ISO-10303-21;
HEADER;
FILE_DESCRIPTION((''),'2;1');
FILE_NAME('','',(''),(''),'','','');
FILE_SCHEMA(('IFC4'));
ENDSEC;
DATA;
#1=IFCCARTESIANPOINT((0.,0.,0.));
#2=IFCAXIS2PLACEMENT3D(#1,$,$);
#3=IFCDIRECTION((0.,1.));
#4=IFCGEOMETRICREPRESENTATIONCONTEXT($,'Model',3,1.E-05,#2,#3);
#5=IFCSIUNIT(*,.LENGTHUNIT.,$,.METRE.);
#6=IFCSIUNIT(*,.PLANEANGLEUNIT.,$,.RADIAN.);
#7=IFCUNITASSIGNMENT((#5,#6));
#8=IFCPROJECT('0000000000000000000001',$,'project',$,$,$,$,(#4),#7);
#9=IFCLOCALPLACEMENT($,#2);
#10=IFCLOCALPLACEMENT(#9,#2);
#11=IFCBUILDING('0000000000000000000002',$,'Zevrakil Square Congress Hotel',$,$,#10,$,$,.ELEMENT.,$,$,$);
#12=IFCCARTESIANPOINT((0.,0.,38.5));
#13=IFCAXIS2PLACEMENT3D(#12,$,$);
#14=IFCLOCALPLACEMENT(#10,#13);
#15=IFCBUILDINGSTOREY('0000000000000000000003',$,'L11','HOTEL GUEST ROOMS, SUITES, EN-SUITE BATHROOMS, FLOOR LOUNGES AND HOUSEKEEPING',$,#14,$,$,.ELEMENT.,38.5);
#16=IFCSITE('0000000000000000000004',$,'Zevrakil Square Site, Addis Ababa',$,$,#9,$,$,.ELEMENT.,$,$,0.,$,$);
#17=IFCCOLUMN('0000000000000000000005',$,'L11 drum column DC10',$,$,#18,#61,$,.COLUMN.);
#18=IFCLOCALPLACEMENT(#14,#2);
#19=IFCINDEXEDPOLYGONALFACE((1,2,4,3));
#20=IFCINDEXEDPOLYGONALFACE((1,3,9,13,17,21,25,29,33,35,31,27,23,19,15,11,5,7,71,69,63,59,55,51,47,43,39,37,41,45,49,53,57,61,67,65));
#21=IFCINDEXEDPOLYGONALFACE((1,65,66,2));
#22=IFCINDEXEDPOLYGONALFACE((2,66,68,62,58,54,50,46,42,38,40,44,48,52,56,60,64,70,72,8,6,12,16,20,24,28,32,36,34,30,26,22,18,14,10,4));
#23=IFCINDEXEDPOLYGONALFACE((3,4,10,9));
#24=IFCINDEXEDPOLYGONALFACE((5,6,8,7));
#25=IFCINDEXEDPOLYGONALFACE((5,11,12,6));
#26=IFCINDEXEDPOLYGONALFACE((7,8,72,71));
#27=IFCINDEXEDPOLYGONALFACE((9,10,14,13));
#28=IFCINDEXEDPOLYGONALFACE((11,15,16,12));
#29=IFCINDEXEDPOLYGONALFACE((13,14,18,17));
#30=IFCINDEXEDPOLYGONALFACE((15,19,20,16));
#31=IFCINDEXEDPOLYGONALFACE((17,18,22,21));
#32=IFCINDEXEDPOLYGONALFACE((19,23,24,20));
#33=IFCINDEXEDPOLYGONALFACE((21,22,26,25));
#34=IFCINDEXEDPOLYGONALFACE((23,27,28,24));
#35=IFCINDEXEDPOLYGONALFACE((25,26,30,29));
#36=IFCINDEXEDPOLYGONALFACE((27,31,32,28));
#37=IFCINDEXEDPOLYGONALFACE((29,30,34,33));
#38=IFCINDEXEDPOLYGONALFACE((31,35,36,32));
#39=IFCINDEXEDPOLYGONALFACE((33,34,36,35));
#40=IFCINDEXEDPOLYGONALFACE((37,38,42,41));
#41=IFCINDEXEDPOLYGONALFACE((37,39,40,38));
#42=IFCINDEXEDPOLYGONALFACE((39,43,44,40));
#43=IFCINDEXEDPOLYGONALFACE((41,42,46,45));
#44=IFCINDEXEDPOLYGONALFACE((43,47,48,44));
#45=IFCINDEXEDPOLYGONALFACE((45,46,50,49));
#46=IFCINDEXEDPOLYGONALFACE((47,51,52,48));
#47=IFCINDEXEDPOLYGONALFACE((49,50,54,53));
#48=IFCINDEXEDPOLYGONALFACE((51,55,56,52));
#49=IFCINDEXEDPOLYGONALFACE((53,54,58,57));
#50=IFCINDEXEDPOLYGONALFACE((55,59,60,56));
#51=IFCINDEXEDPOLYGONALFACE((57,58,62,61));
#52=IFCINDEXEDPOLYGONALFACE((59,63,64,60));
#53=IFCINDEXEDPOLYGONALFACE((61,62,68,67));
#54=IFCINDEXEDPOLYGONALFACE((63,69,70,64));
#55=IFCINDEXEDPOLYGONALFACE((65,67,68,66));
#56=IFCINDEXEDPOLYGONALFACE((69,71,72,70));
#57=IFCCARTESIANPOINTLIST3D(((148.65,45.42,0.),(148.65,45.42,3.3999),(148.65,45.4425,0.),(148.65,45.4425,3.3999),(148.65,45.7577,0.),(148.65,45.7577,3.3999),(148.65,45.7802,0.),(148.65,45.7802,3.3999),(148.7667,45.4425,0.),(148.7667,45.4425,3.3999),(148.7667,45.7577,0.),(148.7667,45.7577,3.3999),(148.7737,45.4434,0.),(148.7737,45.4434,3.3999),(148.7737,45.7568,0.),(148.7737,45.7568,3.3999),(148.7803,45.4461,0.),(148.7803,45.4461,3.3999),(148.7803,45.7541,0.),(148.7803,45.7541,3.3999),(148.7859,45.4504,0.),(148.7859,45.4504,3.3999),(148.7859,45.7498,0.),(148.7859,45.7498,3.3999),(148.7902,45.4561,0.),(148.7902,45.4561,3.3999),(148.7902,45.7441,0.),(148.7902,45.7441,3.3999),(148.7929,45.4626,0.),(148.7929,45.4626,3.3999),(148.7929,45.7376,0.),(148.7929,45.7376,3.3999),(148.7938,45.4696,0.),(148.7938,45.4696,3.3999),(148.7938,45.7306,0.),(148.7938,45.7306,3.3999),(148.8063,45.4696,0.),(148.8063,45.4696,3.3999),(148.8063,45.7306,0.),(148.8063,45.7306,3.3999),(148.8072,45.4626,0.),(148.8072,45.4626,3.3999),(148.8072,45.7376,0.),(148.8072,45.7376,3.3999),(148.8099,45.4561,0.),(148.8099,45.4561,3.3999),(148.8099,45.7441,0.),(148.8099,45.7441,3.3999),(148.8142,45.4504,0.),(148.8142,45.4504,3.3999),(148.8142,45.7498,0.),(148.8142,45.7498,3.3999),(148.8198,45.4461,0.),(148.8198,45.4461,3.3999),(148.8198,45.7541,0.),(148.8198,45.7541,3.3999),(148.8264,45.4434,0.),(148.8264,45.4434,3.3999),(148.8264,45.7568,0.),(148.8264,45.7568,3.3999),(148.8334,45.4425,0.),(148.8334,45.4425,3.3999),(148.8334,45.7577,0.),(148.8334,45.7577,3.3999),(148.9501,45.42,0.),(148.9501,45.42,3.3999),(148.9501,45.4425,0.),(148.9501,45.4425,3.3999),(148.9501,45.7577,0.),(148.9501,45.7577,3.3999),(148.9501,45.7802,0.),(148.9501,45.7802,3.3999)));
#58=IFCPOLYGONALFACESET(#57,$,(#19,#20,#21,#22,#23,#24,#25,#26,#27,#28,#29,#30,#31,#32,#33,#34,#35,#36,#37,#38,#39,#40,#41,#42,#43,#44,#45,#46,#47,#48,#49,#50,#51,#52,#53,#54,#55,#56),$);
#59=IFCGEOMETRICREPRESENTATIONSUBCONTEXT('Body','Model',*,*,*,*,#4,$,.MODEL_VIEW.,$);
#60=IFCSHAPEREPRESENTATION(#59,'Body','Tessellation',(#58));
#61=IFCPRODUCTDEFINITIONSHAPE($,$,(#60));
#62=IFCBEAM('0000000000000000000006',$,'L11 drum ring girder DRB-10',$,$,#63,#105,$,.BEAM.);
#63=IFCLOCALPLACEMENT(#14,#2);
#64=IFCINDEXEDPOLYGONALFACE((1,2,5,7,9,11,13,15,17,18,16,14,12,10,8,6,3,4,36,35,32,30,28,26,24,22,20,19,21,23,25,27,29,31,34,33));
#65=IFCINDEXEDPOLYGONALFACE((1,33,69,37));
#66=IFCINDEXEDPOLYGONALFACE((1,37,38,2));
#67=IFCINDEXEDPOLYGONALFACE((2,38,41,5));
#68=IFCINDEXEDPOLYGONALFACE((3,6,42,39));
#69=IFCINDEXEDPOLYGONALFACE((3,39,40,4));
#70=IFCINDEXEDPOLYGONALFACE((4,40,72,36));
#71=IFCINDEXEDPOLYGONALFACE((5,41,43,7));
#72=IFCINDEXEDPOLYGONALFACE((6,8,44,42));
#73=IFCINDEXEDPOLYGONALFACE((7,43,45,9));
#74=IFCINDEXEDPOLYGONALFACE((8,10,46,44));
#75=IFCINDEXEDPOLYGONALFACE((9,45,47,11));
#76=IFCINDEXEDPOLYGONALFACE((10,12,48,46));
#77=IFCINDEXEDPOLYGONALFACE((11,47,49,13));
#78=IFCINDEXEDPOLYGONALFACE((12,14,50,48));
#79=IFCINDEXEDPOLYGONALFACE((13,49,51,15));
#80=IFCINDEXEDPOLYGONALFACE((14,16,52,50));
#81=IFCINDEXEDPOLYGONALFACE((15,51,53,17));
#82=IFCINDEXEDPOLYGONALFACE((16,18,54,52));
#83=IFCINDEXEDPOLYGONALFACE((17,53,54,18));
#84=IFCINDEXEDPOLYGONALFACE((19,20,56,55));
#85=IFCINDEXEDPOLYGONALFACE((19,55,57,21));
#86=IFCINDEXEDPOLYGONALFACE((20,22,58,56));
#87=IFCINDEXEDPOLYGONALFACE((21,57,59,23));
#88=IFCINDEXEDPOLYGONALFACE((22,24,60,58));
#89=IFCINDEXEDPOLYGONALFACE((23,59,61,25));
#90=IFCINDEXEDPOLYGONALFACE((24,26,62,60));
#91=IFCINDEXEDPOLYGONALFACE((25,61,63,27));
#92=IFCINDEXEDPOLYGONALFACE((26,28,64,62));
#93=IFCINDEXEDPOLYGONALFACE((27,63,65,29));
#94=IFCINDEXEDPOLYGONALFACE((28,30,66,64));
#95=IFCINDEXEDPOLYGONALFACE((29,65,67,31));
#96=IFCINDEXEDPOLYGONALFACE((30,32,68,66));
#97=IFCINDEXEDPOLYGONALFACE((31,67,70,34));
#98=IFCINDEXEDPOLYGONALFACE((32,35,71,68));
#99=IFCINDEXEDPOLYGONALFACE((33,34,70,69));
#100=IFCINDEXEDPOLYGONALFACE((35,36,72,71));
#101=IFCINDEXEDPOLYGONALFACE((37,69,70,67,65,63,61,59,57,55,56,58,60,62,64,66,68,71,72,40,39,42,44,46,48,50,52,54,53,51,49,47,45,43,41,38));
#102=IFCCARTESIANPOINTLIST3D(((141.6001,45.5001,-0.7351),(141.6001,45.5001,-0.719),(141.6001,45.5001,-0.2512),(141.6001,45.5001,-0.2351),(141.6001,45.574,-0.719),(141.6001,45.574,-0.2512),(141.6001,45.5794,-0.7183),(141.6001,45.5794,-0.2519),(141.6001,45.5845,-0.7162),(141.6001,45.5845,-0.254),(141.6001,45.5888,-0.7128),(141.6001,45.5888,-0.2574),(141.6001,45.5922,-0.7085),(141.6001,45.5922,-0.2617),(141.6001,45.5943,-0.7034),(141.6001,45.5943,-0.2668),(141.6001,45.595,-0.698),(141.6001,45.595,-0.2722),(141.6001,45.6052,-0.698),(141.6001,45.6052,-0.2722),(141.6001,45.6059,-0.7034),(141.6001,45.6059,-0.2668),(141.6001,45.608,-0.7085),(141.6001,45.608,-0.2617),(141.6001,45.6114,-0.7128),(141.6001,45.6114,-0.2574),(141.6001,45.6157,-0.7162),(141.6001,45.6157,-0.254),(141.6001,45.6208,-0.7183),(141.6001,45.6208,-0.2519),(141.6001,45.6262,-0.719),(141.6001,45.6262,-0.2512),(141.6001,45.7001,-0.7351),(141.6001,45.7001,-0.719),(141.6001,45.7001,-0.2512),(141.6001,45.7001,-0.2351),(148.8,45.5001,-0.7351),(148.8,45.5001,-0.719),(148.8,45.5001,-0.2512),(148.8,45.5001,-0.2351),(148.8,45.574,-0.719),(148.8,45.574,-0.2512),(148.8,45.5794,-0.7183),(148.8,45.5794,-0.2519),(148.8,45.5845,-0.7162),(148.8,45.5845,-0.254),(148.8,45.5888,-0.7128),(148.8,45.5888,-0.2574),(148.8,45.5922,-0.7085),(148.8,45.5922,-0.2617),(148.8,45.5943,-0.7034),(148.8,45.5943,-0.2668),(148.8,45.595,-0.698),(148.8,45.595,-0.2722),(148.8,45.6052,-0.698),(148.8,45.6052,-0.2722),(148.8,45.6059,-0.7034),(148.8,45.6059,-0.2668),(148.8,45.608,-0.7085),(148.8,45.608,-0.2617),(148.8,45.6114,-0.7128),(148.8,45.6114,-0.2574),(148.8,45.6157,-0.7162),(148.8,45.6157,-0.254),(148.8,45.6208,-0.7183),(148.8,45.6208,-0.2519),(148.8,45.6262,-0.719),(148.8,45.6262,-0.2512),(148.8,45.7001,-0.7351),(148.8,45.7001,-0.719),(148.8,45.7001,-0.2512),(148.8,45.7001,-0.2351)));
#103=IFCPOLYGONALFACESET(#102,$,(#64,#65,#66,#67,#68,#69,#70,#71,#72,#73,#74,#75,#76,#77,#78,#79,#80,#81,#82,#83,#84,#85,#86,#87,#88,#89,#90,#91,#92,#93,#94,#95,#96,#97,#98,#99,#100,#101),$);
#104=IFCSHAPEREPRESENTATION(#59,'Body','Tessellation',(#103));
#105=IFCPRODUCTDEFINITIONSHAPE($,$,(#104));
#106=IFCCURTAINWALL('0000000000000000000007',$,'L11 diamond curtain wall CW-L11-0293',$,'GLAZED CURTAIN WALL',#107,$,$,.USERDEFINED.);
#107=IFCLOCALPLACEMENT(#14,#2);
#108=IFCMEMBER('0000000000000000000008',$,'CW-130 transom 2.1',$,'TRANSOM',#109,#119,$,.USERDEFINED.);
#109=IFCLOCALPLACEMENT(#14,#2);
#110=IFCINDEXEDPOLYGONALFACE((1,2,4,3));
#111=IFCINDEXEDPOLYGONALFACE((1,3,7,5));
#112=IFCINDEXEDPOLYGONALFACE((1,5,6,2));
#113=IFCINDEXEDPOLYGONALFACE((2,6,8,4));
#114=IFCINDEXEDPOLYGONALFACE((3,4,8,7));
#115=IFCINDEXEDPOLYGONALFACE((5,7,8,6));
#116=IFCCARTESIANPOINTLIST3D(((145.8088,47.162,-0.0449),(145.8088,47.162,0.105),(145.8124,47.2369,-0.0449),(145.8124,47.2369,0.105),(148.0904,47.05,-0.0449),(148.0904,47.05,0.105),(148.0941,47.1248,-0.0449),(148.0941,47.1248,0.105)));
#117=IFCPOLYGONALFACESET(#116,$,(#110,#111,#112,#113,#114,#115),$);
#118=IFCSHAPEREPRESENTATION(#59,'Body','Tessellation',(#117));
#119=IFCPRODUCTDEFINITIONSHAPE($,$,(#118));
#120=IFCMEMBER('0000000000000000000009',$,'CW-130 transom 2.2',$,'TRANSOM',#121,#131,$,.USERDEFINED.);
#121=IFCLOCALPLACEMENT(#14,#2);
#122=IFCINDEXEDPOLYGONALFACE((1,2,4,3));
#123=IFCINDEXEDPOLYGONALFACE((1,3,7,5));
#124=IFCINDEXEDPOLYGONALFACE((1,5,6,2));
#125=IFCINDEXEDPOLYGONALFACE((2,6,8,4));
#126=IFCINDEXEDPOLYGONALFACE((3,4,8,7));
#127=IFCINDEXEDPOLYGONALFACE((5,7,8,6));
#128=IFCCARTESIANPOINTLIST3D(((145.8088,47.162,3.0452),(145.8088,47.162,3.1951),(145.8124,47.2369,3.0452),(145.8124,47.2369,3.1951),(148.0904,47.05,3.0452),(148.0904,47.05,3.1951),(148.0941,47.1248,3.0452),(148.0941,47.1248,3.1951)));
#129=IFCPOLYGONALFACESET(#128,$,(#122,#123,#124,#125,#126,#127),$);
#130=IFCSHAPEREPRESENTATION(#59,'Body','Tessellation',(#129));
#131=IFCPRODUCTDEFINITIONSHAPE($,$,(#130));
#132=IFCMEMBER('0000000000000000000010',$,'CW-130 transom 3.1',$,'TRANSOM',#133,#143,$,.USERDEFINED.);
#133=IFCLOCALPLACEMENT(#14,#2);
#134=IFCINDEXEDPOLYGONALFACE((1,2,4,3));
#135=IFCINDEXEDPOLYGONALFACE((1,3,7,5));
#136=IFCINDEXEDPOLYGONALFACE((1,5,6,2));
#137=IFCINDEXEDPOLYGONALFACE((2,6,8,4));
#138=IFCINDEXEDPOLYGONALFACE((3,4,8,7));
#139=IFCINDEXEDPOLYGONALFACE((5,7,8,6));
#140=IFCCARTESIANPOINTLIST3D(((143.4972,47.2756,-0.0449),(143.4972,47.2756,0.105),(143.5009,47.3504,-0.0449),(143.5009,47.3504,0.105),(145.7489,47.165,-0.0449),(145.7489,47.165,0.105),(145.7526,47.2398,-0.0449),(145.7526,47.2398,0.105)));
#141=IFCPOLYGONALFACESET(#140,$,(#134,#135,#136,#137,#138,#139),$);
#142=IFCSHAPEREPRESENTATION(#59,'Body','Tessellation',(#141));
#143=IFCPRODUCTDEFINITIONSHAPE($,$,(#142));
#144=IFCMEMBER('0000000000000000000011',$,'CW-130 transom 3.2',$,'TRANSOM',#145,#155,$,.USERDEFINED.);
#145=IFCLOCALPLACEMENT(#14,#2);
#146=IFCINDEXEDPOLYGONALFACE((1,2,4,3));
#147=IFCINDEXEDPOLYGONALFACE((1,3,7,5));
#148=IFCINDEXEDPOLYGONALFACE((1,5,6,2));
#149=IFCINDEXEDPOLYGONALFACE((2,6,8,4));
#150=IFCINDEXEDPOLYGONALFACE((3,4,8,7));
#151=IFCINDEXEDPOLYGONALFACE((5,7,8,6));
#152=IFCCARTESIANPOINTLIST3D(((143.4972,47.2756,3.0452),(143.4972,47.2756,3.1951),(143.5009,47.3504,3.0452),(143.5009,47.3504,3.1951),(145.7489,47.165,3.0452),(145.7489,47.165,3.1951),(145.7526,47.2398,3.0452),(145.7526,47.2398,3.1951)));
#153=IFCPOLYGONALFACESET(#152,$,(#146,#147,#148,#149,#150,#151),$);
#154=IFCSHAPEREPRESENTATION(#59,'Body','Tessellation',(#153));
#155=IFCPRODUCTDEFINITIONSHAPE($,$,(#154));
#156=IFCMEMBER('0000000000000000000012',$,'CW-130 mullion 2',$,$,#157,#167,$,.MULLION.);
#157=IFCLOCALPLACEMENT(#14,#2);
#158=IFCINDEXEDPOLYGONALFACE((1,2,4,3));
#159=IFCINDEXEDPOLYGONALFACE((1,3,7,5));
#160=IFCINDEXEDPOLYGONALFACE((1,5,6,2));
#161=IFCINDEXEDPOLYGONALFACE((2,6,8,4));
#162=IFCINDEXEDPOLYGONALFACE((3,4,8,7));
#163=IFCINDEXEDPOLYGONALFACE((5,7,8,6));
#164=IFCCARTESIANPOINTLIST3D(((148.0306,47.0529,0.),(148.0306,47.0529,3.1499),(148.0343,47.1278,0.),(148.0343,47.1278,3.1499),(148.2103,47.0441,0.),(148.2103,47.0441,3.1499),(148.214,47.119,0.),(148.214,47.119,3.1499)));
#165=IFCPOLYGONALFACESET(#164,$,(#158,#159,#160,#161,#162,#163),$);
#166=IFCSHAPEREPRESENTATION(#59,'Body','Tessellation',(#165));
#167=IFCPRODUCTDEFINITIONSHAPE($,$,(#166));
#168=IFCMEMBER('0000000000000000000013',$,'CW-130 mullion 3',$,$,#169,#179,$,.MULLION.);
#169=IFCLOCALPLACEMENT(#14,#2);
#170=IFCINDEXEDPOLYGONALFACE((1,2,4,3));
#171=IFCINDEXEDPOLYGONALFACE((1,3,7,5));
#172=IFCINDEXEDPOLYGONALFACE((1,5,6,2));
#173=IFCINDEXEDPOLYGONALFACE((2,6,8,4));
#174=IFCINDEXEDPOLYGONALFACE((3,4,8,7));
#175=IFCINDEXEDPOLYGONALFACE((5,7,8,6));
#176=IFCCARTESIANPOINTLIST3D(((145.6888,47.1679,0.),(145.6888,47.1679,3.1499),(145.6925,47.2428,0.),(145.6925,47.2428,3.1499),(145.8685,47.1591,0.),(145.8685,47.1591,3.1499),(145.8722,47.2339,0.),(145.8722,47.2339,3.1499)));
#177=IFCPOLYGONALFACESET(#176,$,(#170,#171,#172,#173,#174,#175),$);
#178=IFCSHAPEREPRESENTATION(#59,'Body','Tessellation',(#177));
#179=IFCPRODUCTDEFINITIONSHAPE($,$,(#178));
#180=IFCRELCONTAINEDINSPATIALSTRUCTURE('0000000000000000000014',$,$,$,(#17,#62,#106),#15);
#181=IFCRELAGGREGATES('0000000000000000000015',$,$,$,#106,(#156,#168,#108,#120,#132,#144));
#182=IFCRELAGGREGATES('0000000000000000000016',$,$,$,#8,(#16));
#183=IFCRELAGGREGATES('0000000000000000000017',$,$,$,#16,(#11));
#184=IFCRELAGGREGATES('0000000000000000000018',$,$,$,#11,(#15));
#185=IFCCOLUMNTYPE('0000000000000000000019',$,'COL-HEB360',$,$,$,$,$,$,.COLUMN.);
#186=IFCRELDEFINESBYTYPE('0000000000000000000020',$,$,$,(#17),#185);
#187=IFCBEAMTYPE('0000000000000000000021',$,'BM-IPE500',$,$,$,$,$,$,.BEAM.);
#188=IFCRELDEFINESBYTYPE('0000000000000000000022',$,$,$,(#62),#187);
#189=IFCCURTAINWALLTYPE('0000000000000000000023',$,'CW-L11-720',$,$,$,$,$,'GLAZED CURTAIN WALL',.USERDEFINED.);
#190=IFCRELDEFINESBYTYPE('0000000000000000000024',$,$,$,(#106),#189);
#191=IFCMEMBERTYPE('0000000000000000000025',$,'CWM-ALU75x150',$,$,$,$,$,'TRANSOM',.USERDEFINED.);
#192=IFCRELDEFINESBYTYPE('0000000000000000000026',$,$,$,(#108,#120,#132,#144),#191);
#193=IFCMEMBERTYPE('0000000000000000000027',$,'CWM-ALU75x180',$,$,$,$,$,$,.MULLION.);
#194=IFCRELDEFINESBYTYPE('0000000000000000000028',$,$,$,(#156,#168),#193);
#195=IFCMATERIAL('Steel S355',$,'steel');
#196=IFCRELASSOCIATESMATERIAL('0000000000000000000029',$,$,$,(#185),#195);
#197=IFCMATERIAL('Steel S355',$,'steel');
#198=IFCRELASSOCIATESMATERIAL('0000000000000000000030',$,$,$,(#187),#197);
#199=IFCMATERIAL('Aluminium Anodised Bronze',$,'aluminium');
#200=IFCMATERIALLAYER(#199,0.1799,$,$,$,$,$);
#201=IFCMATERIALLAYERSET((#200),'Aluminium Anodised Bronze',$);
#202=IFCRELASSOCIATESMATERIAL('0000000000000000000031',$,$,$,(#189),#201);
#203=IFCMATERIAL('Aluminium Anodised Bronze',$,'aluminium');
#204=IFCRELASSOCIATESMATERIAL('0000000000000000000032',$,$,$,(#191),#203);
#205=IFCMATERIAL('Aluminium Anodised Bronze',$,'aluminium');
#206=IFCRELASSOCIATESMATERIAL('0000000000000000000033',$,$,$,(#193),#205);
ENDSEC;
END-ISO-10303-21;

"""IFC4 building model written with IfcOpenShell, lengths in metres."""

from ifc_helpers import new_model, si_unit, direction, frame, origin, origin_2d, place, context, subcontext, project, spatial, rectangle, i_section, extrude, material, layer, layer_set, material_profile, profile_set, type_object, element, aggregate, save


model = new_model("IFC4")

# Units and contexts
model_context = context("Model", 3, precision=1e-05, world=origin(), true_north=direction((0.0, 1.0)))
body_context = subcontext(model_context, "Body", "Model", "MODEL_VIEW")
ifc_project = project(units=[si_unit("LENGTHUNIT", "METRE"), si_unit("PLANEANGLEUNIT", "RADIAN")], contexts=[model_context])

# Site, building, storey
site_placement = place(None, origin())
site = spatial("IfcSite", under=ifc_project, at=site_placement, Name="Zevrakil Square Site, Addis Ababa", CompositionType="ELEMENT", RefElevation=0.0)
building_placement = place(site_placement, origin())
building = spatial("IfcBuilding", under=site, at=building_placement, Name="Zevrakil Square Congress Hotel", CompositionType="ELEMENT")
storey_placement = place(building_placement, frame((0.0, 0.0, 38.5)))
storey = spatial("IfcBuildingStorey", under=building, at=storey_placement, Name="L11", Description="HOTEL GUEST ROOMS, SUITES, EN-SUITE BATHROOMS, FLOOR LOUNGES AND HOUSEKEEPING", CompositionType="ELEMENT", Elevation=38.5)

# Column
ifc_material_1 = material(Name="Steel S355", Category="steel")
ifc_material_profile_1 = material_profile(ifc_material_1, i_section(OverallWidth=0.3, OverallDepth=0.3601, WebThickness=0.0125, FlangeThickness=0.0225, FilletRadius=0.0271, at=origin_2d()), Name="HEB 360")
ifc_profile_set_1 = profile_set([ifc_material_profile_1], Name="Steel S355")
column_type = type_object("IfcColumnType", Name="COL-HEB360", PredefinedType="COLUMN", material=ifc_profile_set_1)
column_placement = place(storey_placement, frame((148.8, 45.6001, 0.0), z_axis=(0.0, 0.0, 1.0), x_axis=(1.0, 0.0, 0.0)))
element("IfcColumn", 1, at=column_placement, inside=storey, type_object=column_type, Name="L11 drum column DC10", PredefinedType="COLUMN", context=body_context, shape_type="SweptSolid", body=[
    extrude(i_section(OverallWidth=0.3, OverallDepth=0.3601, WebThickness=0.0125, FlangeThickness=0.0225, FilletRadius=0.0271, at=origin_2d()), origin(), (0.0, 0.0, 1.0), 3.3999),
])

# Beam
ifc_material_2 = material(Name="Steel S355", Category="steel")
ifc_material_profile_2 = material_profile(ifc_material_2, i_section(OverallWidth=0.2, OverallDepth=0.5, WebThickness=0.0103, FlangeThickness=0.0161, FilletRadius=0.021, at=origin_2d()), Name="IPE 500")
ifc_profile_set_2 = profile_set([ifc_material_profile_2], Name="Steel S355")
beam_type_1 = type_object("IfcBeamType", Name="BM-IPE500", PredefinedType="BEAM", material=ifc_profile_set_2)
beam_1_placement = place(storey_placement, frame((148.8, 45.6001, -0.4851), z_axis=(-1.0, 0.0, 0.0), x_axis=(0.0, -1.0, 0.0)))
element("IfcBeam", 2, at=beam_1_placement, inside=storey, type_object=beam_type_1, Name="L11 drum ring girder DRB-10", PredefinedType="BEAM", context=body_context, shape_type="SweptSolid", body=[
    extrude(i_section(OverallWidth=0.2, OverallDepth=0.5, WebThickness=0.0103, FlangeThickness=0.0161, FilletRadius=0.021, at=origin_2d()), origin(), (0.0, 0.0, 1.0), 7.2),
])

# Curtain wall, members
ifc_material_3 = material(Name="Aluminium Anodised Bronze", Category="aluminium")
ifc_layer_1 = layer(ifc_material_3, 0.1799)
ifc_layer_set_1 = layer_set([ifc_layer_1], Name="Aluminium Anodised Bronze")
curtain_wall_type = type_object("IfcCurtainWallType", Name="CW-L11-720", ElementType="GLAZED CURTAIN WALL", PredefinedType="USERDEFINED", material=ifc_layer_set_1)
curtain_wall_placement = place(storey_placement, origin())
curtain_wall = element("IfcCurtainWall", 3, at=curtain_wall_placement, inside=storey, type_object=curtain_wall_type, Name="L11 diamond curtain wall CW-L11-0293", ObjectType="GLAZED CURTAIN WALL", PredefinedType="USERDEFINED")
ifc_material_4 = material(Name="Aluminium Anodised Bronze", Category="aluminium")
ifc_material_profile_3 = material_profile(ifc_material_4, rectangle(XDim=0.075, YDim=0.1499, at=origin_2d()), Name="ALU 75x150")
ifc_profile_set_3 = profile_set([ifc_material_profile_3], Name="Aluminium Anodised Bronze")
member_type_1 = type_object("IfcMemberType", Name="CWM-ALU75x150", ElementType="TRANSOM", PredefinedType="USERDEFINED", material=ifc_profile_set_3)
member_1_placement = place(storey_placement, frame((148.0923, 47.0874, 0.03), z_axis=(-0.998796, 0.049053, 0.0), x_axis=(-0.049053, -0.998796, 0.0)))
member_1 = element("IfcMember", 4, at=member_1_placement, type_object=member_type_1, Name="CW-130 transom 2.1", ObjectType="TRANSOM", PredefinedType="USERDEFINED", context=body_context, shape_type="SweptSolid", body=[
    extrude(rectangle(XDim=0.075, YDim=0.1499, at=origin_2d()), origin(), (0.0, 0.0, 1.0), 2.2844),
])
member_2_placement = place(storey_placement, frame((148.0923, 47.0874, 3.1201), z_axis=(-0.998796, 0.049053, 0.0), x_axis=(-0.049053, -0.998796, 0.0)))
member_2 = element("IfcMember", 5, at=member_2_placement, type_object=member_type_1, Name="CW-130 transom 2.2", ObjectType="TRANSOM", PredefinedType="USERDEFINED", context=body_context, shape_type="SweptSolid", body=[
    extrude(rectangle(XDim=0.075, YDim=0.1499, at=origin_2d()), origin(), (0.0, 0.0, 1.0), 2.2844),
])
member_3_placement = place(storey_placement, frame((145.7507, 47.2024, 0.03), z_axis=(-0.998796, 0.049057, 0.0), x_axis=(-0.049057, -0.998796, 0.0)))
member_3 = element("IfcMember", 6, at=member_3_placement, type_object=member_type_1, Name="CW-130 transom 3.1", ObjectType="TRANSOM", PredefinedType="USERDEFINED", context=body_context, shape_type="SweptSolid", body=[
    extrude(rectangle(XDim=0.075, YDim=0.1499, at=origin_2d()), origin(), (0.0, 0.0, 1.0), 2.2544),
])
member_4_placement = place(storey_placement, frame((145.7507, 47.2024, 3.1201), z_axis=(-0.998796, 0.049057, 0.0), x_axis=(-0.049057, -0.998796, 0.0)))
member_4 = element("IfcMember", 7, at=member_4_placement, type_object=member_type_1, Name="CW-130 transom 3.2", ObjectType="TRANSOM", PredefinedType="USERDEFINED", context=body_context, shape_type="SweptSolid", body=[
    extrude(rectangle(XDim=0.075, YDim=0.1499, at=origin_2d()), origin(), (0.0, 0.0, 1.0), 2.2544),
])
ifc_material_5 = material(Name="Aluminium Anodised Bronze", Category="aluminium")
ifc_material_profile_4 = material_profile(ifc_material_5, rectangle(XDim=0.075, YDim=0.1799, at=origin_2d()), Name="ALU 75x180")
ifc_profile_set_4 = profile_set([ifc_material_profile_4], Name="Aluminium Anodised Bronze")
member_type_2 = type_object("IfcMemberType", Name="CWM-ALU75x180", PredefinedType="MULLION", material=ifc_profile_set_4)
member_5_placement = place(storey_placement, frame((148.1223, 47.0859, 0.0), z_axis=(0.0, 0.0, 1.0), x_axis=(-0.049053, -0.998796, 0.0)))
member_5 = element("IfcMember", 8, at=member_5_placement, type_object=member_type_2, Name="CW-130 mullion 2", PredefinedType="MULLION", context=body_context, shape_type="SweptSolid", body=[
    extrude(rectangle(XDim=0.075, YDim=0.1799, at=origin_2d()), origin(), (0.0, 0.0, 1.0), 3.1499),
])
member_6_placement = place(storey_placement, frame((145.7805, 47.2009, 0.0), z_axis=(0.0, 0.0, 1.0), x_axis=(-0.049053, -0.998796, 0.0)))
member_6 = element("IfcMember", 9, at=member_6_placement, type_object=member_type_2, Name="CW-130 mullion 3", PredefinedType="MULLION", context=body_context, shape_type="SweptSolid", body=[
    extrude(rectangle(XDim=0.075, YDim=0.1799, at=origin_2d()), origin(), (0.0, 0.0, 1.0), 3.1499),
])

aggregate(curtain_wall, [member_5, member_6, member_1, member_2, member_3, member_4])

save(model, "model.ifc")
